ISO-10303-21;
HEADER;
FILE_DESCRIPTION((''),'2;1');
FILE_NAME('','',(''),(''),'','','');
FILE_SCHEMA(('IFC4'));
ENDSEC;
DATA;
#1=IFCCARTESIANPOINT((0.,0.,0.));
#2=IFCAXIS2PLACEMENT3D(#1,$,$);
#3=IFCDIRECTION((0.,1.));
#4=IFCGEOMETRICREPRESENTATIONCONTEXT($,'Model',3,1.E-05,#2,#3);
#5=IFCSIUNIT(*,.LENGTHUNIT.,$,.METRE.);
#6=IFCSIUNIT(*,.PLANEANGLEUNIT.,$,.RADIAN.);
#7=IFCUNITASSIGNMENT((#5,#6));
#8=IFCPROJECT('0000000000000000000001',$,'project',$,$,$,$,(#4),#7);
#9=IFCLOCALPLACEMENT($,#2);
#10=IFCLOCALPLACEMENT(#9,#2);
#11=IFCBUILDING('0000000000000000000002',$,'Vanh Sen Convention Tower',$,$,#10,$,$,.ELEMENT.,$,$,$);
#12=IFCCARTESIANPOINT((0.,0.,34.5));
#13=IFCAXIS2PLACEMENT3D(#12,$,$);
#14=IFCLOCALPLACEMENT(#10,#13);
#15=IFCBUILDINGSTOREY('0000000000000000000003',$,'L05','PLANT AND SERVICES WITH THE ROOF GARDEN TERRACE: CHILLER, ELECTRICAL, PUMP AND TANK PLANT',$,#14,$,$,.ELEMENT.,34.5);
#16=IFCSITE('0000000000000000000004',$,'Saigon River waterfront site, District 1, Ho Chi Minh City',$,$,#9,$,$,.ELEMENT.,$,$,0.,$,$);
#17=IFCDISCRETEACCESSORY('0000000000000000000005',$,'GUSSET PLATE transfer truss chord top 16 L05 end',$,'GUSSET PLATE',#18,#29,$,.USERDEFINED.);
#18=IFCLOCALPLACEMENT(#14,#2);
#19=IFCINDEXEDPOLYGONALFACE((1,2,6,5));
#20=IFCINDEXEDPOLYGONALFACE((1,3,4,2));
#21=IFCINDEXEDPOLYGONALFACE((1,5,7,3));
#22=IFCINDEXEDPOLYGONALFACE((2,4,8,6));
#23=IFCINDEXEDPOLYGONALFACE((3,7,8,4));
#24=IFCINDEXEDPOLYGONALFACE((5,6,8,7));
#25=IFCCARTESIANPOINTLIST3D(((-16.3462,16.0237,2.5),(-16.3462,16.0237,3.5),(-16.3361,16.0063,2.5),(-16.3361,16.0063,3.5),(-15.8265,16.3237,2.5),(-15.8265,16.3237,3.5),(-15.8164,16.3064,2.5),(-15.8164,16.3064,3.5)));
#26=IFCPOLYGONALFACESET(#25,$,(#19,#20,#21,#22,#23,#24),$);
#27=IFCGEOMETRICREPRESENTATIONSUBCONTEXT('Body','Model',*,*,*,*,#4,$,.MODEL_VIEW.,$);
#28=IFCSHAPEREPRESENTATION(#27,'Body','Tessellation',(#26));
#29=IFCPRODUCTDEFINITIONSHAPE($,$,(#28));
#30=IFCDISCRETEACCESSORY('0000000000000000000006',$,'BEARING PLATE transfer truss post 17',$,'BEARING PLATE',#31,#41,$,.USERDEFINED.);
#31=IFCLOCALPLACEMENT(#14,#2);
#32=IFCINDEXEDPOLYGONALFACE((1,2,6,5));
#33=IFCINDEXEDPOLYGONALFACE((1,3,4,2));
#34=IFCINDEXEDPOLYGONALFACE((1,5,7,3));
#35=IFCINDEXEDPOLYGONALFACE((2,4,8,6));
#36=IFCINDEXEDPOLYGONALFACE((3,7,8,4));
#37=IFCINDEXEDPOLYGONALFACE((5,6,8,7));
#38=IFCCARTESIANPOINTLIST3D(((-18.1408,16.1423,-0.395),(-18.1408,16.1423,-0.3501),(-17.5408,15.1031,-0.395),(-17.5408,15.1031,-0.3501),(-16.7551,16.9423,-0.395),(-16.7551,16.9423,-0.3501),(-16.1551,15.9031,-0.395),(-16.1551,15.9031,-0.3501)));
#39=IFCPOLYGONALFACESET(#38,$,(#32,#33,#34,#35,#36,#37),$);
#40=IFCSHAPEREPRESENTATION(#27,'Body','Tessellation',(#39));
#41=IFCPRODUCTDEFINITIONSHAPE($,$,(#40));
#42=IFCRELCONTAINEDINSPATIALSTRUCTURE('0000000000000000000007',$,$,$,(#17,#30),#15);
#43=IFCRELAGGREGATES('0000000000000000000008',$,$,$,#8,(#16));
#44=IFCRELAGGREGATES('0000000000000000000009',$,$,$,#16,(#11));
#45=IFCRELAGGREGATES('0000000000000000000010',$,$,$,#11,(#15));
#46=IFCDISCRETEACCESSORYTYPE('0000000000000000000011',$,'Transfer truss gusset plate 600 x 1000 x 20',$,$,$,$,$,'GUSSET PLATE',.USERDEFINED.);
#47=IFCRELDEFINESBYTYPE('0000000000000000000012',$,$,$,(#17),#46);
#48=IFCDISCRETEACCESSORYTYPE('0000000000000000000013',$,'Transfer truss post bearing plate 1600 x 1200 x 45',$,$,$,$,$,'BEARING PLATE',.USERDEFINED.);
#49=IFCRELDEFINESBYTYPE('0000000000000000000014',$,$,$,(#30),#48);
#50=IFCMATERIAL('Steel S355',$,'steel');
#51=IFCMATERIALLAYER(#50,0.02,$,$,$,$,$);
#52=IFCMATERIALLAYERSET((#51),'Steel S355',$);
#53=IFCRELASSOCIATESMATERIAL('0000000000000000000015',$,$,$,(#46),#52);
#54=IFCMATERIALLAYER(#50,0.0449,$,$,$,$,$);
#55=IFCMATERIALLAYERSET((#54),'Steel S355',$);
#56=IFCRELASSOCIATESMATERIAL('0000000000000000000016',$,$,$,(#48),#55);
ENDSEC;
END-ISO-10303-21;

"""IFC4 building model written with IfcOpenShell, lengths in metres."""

from ifc_helpers import new_model, si_unit, direction, frame, origin, origin_2d, place, context, subcontext, project, spatial, rectangle, extrude, material, layer, layer_set, type_object, element, save


model = new_model("IFC4")

# Units and contexts
model_context = context("Model", 3, precision=1e-05, world=origin(), true_north=direction((0.0, 1.0)))
body_context = subcontext(model_context, "Body", "Model", "MODEL_VIEW")
ifc_project = project(units=[si_unit("LENGTHUNIT", "METRE"), si_unit("PLANEANGLEUNIT", "RADIAN")], contexts=[model_context])

# Site, building, storey
site_placement = place(None, origin())
site = spatial("IfcSite", under=ifc_project, at=site_placement, Name="Saigon River waterfront site, District 1, Ho Chi Minh City", CompositionType="ELEMENT", RefElevation=0.0)
building_placement = place(site_placement, origin())
building = spatial("IfcBuilding", under=site, at=building_placement, Name="Vanh Sen Convention Tower", CompositionType="ELEMENT")
storey_placement = place(building_placement, frame((0.0, 0.0, 34.5)))
storey = spatial("IfcBuildingStorey", under=building, at=storey_placement, Name="L05", Description="PLANT AND SERVICES WITH THE ROOF GARDEN TERRACE: CHILLER, ELECTRICAL, PUMP AND TANK PLANT", CompositionType="ELEMENT", Elevation=34.5)

# Shared definitions
ifc_material_1 = material(Name="Steel S355", Category="steel")

# Discrete accessories
ifc_layer_1 = layer(ifc_material_1, 0.02)
ifc_layer_set_1 = layer_set([ifc_layer_1], Name="Steel S355")
discrete_accessory_type_1 = type_object("IfcDiscreteAccessoryType", Name="Transfer truss gusset plate 600 x 1000 x 20", ElementType="GUSSET PLATE", PredefinedType="USERDEFINED", material=ifc_layer_set_1)
for number, where, z_axis, x_axis, name in (
    (1, (-16.0813, 16.165, 2.5), (0.0, 0.0, 1.0), (0.866028, 0.499995, 0.0), "GUSSET PLATE transfer truss chord top 16 L05 end"),
):
    element("IfcDiscreteAccessory", number, at=place(storey_placement, frame(where, z_axis=z_axis, x_axis=x_axis)), inside=storey, type_object=discrete_accessory_type_1, Name=name, ObjectType="GUSSET PLATE", PredefinedType="USERDEFINED", context=body_context, shape_type="SweptSolid", body=[
        extrude(rectangle(XDim=0.6001, YDim=0.02, at=origin_2d()), origin(), (0.0, 0.0, 1.0), 1.0),
    ])
ifc_layer_2 = layer(ifc_material_1, 0.0449)
ifc_layer_set_2 = layer_set([ifc_layer_2], Name="Steel S355")
discrete_accessory_type_2 = type_object("IfcDiscreteAccessoryType", Name="Transfer truss post bearing plate 1600 x 1200 x 45", ElementType="BEARING PLATE", PredefinedType="USERDEFINED", material=ifc_layer_set_2)
discrete_accessory_1_placement = place(storey_placement, frame((-17.1479, 16.0227, -0.395), z_axis=(0.0, 0.0, 1.0), x_axis=(-0.866025, -0.5, 0.0)))
element("IfcDiscreteAccessory", 2, at=discrete_accessory_1_placement, inside=storey, type_object=discrete_accessory_type_2, Name="BEARING PLATE transfer truss post 17", ObjectType="BEARING PLATE", PredefinedType="USERDEFINED", context=body_context, shape_type="SweptSolid", body=[
    extrude(rectangle(XDim=1.6001, YDim=1.2, at=origin_2d()), origin(), (0.0, 0.0, 1.0), 0.0449),
])

save(model, "model.ifc")
